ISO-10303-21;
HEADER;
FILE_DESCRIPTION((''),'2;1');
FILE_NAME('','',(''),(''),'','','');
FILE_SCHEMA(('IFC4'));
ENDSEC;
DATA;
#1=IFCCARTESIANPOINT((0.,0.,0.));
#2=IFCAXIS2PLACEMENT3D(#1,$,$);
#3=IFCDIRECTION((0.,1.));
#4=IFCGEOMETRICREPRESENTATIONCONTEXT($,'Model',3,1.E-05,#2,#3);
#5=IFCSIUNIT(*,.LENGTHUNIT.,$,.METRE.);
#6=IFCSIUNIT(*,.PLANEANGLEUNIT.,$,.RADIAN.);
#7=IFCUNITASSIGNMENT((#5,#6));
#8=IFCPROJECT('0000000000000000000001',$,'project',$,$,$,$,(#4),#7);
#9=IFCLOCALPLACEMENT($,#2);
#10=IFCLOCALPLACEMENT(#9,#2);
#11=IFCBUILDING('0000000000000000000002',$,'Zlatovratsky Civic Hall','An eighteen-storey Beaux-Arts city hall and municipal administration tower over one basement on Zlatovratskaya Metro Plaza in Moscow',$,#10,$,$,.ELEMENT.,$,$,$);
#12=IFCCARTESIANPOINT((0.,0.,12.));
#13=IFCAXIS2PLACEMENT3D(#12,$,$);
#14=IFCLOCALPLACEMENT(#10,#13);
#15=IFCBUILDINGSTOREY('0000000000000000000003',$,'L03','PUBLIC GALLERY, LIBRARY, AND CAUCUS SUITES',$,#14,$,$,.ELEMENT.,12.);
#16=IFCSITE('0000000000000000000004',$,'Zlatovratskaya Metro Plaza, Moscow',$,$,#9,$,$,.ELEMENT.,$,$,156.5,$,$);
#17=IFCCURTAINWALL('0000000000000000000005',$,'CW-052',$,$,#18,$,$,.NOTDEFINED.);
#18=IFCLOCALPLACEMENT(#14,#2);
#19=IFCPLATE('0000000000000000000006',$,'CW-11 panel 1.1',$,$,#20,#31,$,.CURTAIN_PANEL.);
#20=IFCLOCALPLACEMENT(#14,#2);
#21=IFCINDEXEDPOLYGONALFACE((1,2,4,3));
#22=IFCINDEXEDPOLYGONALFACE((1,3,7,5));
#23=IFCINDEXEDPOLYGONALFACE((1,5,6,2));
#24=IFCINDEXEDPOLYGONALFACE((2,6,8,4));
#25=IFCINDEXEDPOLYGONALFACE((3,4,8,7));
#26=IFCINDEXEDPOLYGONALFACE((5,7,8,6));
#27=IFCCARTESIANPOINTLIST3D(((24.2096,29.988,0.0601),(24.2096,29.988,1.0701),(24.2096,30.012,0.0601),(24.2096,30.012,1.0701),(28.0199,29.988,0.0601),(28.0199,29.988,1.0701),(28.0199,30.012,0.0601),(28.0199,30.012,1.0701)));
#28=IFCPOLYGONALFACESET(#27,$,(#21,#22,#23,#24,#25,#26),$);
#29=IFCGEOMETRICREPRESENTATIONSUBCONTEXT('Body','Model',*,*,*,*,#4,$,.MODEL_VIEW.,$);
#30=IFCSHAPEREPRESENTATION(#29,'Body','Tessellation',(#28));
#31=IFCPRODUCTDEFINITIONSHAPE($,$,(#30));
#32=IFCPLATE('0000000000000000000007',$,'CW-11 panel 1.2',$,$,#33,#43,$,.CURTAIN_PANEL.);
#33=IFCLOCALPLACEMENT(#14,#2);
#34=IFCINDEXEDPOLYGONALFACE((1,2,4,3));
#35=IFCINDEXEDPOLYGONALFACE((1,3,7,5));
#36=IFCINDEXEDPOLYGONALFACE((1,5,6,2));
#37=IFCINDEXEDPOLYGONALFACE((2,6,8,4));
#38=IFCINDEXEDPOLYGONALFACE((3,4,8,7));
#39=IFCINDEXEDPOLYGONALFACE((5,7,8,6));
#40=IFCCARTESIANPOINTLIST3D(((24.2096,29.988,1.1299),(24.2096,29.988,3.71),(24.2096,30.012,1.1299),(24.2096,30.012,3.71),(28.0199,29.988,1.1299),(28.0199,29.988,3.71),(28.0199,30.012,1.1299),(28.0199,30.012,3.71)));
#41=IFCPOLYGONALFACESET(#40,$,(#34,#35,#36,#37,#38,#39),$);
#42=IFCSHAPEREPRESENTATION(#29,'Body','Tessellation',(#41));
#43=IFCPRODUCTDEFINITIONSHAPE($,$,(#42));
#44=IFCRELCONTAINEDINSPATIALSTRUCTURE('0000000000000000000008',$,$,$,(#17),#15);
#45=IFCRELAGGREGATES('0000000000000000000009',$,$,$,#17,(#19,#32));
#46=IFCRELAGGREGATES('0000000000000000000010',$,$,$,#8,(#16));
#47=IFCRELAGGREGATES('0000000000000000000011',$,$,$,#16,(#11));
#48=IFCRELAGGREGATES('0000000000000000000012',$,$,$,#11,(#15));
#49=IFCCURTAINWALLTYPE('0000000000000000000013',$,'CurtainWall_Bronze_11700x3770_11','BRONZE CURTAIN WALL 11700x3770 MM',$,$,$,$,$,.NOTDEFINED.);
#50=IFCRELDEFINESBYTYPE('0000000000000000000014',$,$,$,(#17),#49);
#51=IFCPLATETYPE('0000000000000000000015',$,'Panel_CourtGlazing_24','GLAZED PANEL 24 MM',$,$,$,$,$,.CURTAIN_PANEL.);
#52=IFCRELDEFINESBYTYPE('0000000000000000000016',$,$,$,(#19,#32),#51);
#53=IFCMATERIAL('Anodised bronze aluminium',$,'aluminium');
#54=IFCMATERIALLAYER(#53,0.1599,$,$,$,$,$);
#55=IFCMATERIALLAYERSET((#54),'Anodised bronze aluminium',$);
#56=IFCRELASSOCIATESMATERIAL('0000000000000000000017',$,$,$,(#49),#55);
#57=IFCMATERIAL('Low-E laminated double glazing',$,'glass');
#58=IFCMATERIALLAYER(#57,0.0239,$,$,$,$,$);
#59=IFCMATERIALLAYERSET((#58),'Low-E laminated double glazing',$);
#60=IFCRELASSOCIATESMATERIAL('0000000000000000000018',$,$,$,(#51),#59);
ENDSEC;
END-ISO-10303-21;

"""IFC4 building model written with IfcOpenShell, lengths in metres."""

from ifc_helpers import new_model, si_unit, direction, frame, origin, origin_2d, place, context, subcontext, project, spatial, rectangle, extrude, material, layer, layer_set, type_object, element, aggregate, save


model = new_model("IFC4")

# Units and contexts
model_context = context("Model", 3, precision=1e-05, world=origin(), true_north=direction((0.0, 1.0)))
body_context = subcontext(model_context, "Body", "Model", "MODEL_VIEW")
ifc_project = project(units=[si_unit("LENGTHUNIT", "METRE"), si_unit("PLANEANGLEUNIT", "RADIAN")], contexts=[model_context])

# Site, building, storey
site_placement = place(None, origin())
site = spatial("IfcSite", under=ifc_project, at=site_placement, Name="Zlatovratskaya Metro Plaza, Moscow", CompositionType="ELEMENT", RefElevation=156.5)
building_placement = place(site_placement, origin())
building = spatial("IfcBuilding", under=site, at=building_placement, Name="Zlatovratsky Civic Hall", Description="An eighteen-storey Beaux-Arts city hall and municipal administration tower over one basement on Zlatovratskaya Metro Plaza in Moscow", CompositionType="ELEMENT")
storey_placement = place(building_placement, frame((0.0, 0.0, 12.0)))
storey = spatial("IfcBuildingStorey", under=building, at=storey_placement, Name="L03", Description="PUBLIC GALLERY, LIBRARY, AND CAUCUS SUITES", CompositionType="ELEMENT", Elevation=12.0)

# Curtain wall
ifc_material_1 = material(Name="Anodised bronze aluminium", Category="aluminium")
ifc_layer_1 = layer(ifc_material_1, 0.1599)
ifc_layer_set_1 = layer_set([ifc_layer_1], Name="Anodised bronze aluminium")
curtain_wall_type_1 = type_object("IfcCurtainWallType", Name="CurtainWall_Bronze_11700x3770_11", Description="BRONZE CURTAIN WALL 11700x3770 MM", PredefinedType="NOTDEFINED", material=ifc_layer_set_1)
curtain_wall_1_placement = place(storey_placement, origin())
curtain_wall_1 = element("IfcCurtainWall", 1, at=curtain_wall_1_placement, inside=storey, type_object=curtain_wall_type_1, Name="CW-052", PredefinedType="NOTDEFINED")

# Plates
ifc_material_2 = material(Name="Low-E laminated double glazing", Category="glass")
ifc_layer_2 = layer(ifc_material_2, 0.0239)
ifc_layer_set_2 = layer_set([ifc_layer_2], Name="Low-E laminated double glazing")
plate_type = type_object("IfcPlateType", Name="Panel_CourtGlazing_24", Description="GLAZED PANEL 24 MM", PredefinedType="CURTAIN_PANEL", material=ifc_layer_set_2)
plate_1_placement = place(storey_placement, frame((26.1147, 30.0, 0.0601), z_axis=(0.0, 0.0, 1.0), x_axis=(1.0, 0.0, 0.0)))
plate_1 = element("IfcPlate", 2, at=plate_1_placement, type_object=plate_type, Name="CW-11 panel 1.1", PredefinedType="CURTAIN_PANEL", context=body_context, shape_type="SweptSolid", body=[
    extrude(rectangle(XDim=3.8103, YDim=0.0239, at=origin_2d()), origin(), (0.0, 0.0, 1.0), 1.01),
])
plate_2_placement = place(storey_placement, frame((26.1147, 30.0, 1.1299), z_axis=(0.0, 0.0, 1.0), x_axis=(1.0, 0.0, 0.0)))
plate_2 = element("IfcPlate", 3, at=plate_2_placement, type_object=plate_type, Name="CW-11 panel 1.2", PredefinedType="CURTAIN_PANEL", context=body_context, shape_type="SweptSolid", body=[
    extrude(rectangle(XDim=3.8103, YDim=0.0239, at=origin_2d()), origin(), (0.0, 0.0, 1.0), 2.5801),
])
aggregate(curtain_wall_1, [plate_1, plate_2])

save(model, "model.ifc")
